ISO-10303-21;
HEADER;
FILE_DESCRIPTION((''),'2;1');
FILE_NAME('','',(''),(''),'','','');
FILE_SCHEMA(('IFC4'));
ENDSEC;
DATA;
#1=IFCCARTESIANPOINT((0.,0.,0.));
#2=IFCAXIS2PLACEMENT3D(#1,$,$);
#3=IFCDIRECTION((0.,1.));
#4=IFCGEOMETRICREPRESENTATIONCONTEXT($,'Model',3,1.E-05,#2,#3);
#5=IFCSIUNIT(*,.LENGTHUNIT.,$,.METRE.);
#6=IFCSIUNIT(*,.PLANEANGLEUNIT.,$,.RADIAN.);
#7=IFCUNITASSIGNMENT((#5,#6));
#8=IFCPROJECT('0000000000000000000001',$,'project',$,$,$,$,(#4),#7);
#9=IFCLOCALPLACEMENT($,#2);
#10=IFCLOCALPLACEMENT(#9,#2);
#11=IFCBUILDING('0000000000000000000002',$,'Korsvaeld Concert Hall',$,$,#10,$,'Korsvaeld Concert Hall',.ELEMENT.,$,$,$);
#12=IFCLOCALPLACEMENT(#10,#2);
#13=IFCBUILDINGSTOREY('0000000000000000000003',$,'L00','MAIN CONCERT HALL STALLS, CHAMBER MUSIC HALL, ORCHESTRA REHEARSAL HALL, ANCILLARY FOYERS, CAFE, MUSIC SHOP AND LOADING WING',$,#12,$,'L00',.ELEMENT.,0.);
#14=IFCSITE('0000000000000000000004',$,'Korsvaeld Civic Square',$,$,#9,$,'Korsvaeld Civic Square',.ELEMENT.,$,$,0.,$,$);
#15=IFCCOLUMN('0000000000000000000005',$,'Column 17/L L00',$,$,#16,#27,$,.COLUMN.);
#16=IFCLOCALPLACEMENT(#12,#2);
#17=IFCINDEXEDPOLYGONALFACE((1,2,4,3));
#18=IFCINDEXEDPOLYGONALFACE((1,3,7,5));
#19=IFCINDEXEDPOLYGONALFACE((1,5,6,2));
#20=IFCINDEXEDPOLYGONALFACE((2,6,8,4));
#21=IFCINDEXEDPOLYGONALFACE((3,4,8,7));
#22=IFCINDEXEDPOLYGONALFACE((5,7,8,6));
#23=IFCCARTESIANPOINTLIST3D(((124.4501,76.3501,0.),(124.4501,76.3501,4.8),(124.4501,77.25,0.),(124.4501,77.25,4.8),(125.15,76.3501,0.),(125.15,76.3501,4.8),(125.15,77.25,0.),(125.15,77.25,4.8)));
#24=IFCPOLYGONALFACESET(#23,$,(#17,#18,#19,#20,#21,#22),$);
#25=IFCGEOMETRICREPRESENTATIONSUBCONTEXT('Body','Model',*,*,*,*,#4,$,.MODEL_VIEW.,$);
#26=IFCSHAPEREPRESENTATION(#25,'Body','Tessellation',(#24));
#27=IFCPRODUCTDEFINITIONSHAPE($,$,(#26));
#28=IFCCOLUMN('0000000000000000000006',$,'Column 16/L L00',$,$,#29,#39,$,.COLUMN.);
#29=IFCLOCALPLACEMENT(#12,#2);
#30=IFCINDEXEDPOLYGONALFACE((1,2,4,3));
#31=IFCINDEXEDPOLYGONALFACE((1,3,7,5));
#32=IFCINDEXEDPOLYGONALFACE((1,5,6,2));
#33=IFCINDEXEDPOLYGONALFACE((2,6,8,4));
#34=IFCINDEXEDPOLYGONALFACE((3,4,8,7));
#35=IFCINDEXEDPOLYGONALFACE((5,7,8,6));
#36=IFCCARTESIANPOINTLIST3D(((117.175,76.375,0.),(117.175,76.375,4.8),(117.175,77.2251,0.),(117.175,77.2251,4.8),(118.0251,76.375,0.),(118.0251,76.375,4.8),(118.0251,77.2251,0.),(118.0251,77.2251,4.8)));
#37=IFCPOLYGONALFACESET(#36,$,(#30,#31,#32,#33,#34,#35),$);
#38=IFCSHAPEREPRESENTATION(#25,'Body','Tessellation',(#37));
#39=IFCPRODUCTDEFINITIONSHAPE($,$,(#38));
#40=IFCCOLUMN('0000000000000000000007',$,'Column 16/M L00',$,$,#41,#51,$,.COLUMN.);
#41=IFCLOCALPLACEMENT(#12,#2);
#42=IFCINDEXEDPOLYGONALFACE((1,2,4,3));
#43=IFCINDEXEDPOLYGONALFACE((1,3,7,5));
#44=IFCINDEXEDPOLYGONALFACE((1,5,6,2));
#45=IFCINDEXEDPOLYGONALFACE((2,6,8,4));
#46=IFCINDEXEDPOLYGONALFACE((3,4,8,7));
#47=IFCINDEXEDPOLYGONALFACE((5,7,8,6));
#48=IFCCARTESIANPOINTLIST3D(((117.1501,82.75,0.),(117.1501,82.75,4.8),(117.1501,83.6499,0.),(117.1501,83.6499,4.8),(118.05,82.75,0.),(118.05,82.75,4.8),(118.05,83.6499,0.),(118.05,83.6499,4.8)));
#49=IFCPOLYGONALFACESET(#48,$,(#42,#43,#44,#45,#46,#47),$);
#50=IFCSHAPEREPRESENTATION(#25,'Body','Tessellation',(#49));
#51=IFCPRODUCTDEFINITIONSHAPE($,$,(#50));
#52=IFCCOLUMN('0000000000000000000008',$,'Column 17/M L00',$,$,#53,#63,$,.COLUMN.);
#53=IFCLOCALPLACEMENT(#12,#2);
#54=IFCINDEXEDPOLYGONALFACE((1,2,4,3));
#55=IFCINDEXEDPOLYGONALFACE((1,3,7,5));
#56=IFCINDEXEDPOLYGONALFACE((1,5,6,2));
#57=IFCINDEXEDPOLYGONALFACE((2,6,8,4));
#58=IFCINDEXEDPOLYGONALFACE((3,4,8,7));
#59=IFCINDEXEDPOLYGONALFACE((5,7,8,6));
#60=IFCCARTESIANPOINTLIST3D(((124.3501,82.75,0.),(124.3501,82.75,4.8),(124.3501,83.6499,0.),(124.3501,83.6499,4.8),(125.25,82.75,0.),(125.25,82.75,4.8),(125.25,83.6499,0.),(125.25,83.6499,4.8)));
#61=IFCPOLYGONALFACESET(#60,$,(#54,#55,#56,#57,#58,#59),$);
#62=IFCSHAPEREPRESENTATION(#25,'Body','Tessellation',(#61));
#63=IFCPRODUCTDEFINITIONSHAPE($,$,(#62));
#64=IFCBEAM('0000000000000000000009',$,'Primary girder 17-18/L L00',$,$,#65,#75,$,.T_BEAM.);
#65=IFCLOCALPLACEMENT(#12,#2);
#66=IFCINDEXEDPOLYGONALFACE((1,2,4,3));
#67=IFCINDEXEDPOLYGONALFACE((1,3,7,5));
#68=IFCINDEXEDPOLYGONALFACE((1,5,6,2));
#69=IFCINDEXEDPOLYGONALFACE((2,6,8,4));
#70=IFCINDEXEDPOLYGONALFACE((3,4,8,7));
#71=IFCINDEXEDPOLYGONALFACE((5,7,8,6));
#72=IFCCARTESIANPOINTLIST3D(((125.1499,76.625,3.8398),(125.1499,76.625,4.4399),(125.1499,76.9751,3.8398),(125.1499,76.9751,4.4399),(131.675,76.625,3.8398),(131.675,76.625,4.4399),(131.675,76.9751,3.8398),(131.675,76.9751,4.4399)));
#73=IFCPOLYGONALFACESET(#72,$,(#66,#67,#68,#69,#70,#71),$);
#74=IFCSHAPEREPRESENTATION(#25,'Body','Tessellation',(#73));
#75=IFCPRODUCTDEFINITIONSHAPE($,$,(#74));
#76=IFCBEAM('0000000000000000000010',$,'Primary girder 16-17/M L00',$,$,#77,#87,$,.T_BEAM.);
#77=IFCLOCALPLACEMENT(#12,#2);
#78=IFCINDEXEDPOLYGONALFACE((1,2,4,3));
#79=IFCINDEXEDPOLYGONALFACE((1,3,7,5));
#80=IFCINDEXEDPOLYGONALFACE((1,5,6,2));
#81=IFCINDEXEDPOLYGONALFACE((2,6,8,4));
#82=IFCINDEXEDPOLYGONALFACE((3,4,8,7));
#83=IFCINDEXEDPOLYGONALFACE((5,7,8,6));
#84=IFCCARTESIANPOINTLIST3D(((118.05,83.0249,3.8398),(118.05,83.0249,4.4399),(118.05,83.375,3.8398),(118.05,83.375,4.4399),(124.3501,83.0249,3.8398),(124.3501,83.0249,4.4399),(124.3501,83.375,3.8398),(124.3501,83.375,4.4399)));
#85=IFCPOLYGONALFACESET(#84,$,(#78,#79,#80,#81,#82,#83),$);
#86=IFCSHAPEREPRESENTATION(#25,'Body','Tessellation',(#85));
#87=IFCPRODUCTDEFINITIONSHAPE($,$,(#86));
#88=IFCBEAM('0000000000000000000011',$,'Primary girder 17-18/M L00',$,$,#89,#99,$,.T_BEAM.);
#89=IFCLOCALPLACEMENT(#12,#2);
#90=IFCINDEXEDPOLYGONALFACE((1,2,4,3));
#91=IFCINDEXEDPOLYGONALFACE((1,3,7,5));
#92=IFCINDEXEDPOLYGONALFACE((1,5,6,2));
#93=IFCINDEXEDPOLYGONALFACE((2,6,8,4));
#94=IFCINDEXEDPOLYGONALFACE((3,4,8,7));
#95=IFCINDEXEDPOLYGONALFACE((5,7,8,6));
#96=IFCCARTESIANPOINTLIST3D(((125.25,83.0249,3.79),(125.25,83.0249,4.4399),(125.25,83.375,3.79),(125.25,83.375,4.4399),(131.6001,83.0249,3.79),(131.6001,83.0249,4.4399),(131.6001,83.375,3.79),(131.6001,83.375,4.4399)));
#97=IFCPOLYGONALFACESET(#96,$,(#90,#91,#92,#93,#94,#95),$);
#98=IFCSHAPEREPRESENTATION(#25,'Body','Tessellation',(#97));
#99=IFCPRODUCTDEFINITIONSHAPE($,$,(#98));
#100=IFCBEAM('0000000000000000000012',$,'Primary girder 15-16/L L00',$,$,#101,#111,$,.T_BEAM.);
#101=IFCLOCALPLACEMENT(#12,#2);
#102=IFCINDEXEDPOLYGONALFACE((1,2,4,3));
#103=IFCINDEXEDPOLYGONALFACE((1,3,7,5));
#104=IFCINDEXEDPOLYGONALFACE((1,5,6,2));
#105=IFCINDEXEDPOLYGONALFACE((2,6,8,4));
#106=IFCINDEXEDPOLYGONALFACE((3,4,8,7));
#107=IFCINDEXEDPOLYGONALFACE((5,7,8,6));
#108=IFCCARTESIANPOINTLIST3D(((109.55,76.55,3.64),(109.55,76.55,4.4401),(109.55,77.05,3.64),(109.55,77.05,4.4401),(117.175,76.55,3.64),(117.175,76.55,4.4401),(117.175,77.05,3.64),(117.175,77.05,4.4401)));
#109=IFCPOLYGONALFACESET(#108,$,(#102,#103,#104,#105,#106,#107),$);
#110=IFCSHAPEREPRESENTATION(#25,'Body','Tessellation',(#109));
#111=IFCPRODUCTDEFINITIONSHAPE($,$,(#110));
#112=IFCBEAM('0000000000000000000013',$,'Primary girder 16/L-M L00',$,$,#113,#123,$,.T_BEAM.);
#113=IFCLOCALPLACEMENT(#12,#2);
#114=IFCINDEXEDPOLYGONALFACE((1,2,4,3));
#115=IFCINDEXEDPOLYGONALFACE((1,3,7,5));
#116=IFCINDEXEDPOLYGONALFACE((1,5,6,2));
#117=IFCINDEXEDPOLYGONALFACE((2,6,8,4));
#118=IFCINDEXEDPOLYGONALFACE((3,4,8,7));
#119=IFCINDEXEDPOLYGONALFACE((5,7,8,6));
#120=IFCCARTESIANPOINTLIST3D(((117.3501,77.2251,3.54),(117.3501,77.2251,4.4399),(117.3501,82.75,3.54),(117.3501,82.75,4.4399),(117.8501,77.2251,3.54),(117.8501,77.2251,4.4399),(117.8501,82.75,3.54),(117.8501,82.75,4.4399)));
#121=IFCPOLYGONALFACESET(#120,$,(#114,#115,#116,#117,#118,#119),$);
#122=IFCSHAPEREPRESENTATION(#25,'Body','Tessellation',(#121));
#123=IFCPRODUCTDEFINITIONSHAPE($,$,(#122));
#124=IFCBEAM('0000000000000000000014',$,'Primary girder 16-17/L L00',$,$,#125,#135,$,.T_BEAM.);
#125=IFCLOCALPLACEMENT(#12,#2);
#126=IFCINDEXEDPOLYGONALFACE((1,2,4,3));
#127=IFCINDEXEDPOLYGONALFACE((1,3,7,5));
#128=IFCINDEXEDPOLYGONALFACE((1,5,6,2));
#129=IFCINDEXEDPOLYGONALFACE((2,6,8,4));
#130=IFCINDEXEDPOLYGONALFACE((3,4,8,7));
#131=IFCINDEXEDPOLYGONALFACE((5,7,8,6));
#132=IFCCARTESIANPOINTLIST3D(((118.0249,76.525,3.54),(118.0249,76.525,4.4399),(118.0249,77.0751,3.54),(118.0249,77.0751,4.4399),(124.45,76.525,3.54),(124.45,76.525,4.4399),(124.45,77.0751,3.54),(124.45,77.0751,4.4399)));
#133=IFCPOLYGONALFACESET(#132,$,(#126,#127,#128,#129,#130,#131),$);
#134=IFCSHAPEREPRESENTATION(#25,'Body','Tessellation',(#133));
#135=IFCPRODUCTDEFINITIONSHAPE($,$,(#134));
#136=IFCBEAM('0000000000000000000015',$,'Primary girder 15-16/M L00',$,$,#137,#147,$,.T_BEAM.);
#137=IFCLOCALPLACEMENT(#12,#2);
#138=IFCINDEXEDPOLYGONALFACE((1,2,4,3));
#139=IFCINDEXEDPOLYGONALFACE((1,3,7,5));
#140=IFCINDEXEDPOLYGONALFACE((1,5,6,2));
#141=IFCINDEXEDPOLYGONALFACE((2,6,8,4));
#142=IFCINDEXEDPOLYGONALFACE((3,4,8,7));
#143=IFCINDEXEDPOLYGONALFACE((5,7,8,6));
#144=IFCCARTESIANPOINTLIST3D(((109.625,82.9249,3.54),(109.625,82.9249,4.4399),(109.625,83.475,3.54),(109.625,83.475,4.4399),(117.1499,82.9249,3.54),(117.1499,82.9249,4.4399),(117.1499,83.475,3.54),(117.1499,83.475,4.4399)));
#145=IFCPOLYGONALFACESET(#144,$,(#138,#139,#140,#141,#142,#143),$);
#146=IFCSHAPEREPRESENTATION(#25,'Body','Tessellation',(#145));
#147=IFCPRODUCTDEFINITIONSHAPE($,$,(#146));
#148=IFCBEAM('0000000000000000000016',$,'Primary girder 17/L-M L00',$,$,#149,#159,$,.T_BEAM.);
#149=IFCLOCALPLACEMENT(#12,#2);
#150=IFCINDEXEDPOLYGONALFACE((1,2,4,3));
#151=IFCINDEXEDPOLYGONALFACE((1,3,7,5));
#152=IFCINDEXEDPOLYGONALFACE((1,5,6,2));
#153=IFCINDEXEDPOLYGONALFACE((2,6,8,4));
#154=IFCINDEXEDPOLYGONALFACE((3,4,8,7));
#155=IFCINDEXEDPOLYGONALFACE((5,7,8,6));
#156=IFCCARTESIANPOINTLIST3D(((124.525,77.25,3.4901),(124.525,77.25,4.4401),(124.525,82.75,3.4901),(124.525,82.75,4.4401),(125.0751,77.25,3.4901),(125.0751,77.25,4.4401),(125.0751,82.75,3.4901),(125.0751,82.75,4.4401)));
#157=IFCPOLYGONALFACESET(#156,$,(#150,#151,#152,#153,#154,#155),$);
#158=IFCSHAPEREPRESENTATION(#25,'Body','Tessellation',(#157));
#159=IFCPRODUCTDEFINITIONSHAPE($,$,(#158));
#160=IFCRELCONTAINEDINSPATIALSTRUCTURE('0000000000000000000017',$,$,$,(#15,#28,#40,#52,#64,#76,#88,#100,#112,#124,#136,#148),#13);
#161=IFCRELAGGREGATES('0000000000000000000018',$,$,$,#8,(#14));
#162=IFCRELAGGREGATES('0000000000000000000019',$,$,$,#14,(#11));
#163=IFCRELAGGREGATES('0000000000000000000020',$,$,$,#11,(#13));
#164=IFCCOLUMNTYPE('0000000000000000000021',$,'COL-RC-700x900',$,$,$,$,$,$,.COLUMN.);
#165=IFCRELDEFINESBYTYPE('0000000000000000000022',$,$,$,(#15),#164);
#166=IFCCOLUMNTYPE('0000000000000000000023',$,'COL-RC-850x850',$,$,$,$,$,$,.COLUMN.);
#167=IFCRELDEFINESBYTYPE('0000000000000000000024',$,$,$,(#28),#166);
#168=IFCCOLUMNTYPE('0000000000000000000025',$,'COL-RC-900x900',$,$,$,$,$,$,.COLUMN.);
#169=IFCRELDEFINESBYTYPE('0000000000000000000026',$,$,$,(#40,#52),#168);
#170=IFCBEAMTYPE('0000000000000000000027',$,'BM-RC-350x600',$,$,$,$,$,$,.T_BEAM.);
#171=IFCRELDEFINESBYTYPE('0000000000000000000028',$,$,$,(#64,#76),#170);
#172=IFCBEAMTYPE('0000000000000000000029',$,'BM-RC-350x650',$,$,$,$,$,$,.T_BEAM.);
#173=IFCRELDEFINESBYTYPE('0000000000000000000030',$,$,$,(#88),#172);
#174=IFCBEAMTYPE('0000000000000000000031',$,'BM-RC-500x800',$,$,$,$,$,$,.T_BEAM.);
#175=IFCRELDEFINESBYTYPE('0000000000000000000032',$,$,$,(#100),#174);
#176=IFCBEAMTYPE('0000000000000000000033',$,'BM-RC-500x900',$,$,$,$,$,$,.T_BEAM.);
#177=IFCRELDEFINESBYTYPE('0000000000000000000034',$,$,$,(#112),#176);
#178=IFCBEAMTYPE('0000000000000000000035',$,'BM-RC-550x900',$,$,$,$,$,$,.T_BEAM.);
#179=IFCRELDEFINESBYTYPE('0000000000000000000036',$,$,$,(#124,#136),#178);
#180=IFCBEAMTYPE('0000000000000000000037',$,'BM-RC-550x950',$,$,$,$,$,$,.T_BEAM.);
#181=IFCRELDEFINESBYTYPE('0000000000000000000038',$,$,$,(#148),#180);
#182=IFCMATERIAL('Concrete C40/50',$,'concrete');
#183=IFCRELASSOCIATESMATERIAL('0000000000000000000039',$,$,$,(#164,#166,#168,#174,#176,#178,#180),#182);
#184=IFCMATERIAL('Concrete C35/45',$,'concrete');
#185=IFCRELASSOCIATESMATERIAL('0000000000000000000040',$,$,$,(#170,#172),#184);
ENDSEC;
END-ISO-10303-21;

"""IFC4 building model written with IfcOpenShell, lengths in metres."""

from ifc_helpers import new_model, si_unit, direction, frame, origin, origin_2d, place, context, subcontext, project, spatial, rectangle, extrude, material, material_profile, profile_set, type_object, element, save


model = new_model("IFC4")

# Units and contexts
model_context = context("Model", 3, precision=1e-05, world=origin(), true_north=direction((0.0, 1.0)))
body_context = subcontext(model_context, "Body", "Model", "MODEL_VIEW")
ifc_project = project(units=[si_unit("LENGTHUNIT", "METRE"), si_unit("PLANEANGLEUNIT", "RADIAN")], contexts=[model_context])

# Site, building, storey
site_placement = place(None, origin())
site = spatial("IfcSite", under=ifc_project, at=site_placement, Name="Korsvaeld Civic Square", LongName="Korsvaeld Civic Square", CompositionType="ELEMENT", RefElevation=0.0)
building_placement = place(site_placement, origin())
building = spatial("IfcBuilding", under=site, at=building_placement, Name="Korsvaeld Concert Hall", LongName="Korsvaeld Concert Hall", CompositionType="ELEMENT")
storey_placement = place(building_placement, origin())
storey = spatial("IfcBuildingStorey", under=building, at=storey_placement, Name="L00", Description="MAIN CONCERT HALL STALLS, CHAMBER MUSIC HALL, ORCHESTRA REHEARSAL HALL, ANCILLARY FOYERS, CAFE, MUSIC SHOP AND LOADING WING", LongName="L00", CompositionType="ELEMENT", Elevation=0.0)

# Columns
ifc_material_1 = material(Name="Concrete C40/50", Category="concrete")
ifc_material_profile_1 = material_profile(ifc_material_1, rectangle(XDim=0.7, YDim=0.8999, at=origin_2d()), Name="RC 700x900")
ifc_profile_set_1 = profile_set([ifc_material_profile_1], Name="Concrete C40/50")
column_type_1 = type_object("IfcColumnType", Name="COL-RC-700x900", PredefinedType="COLUMN", material=ifc_profile_set_1)
column_1_placement = place(storey_placement, frame((124.8, 76.8, 0.0), z_axis=(0.0, 0.0, 1.0), x_axis=(1.0, 0.0, 0.0)))
element("IfcColumn", 1, at=column_1_placement, inside=storey, type_object=column_type_1, Name="Column 17/L L00", PredefinedType="COLUMN", context=body_context, shape_type="SweptSolid", body=[
    extrude(rectangle(XDim=0.7, YDim=0.8999, at=origin_2d()), origin(), (0.0, 0.0, 1.0), 4.8),
])
ifc_material_profile_2 = material_profile(ifc_material_1, rectangle(XDim=0.8501, YDim=0.8501, at=origin_2d()), Name="RC 850x850")
ifc_profile_set_2 = profile_set([ifc_material_profile_2], Name="Concrete C40/50")
column_type_2 = type_object("IfcColumnType", Name="COL-RC-850x850", PredefinedType="COLUMN", material=ifc_profile_set_2)
column_2_placement = place(storey_placement, frame((117.6001, 76.8, 0.0), z_axis=(0.0, 0.0, 1.0), x_axis=(1.0, 0.0, 0.0)))
element("IfcColumn", 2, at=column_2_placement, inside=storey, type_object=column_type_2, Name="Column 16/L L00", PredefinedType="COLUMN", context=body_context, shape_type="SweptSolid", body=[
    extrude(rectangle(XDim=0.8501, YDim=0.8501, at=origin_2d()), origin(), (0.0, 0.0, 1.0), 4.8),
])
ifc_material_profile_3 = material_profile(ifc_material_1, rectangle(XDim=0.8999, YDim=0.8999, at=origin_2d()), Name="RC 900x900")
ifc_profile_set_3 = profile_set([ifc_material_profile_3], Name="Concrete C40/50")
column_type_3 = type_object("IfcColumnType", Name="COL-RC-900x900", PredefinedType="COLUMN", material=ifc_profile_set_3)
for number, where, z_axis, x_axis, name in (
    (3, (117.6001, 83.2, 0.0), (0.0, 0.0, 1.0), (1.0, 0.0, 0.0), "Column 16/M L00"),
    (4, (124.8, 83.2, 0.0), (0.0, 0.0, 1.0), (1.0, 0.0, 0.0), "Column 17/M L00"),
):
    element("IfcColumn", number, at=place(storey_placement, frame(where, z_axis=z_axis, x_axis=x_axis)), inside=storey, type_object=column_type_3, Name=name, PredefinedType="COLUMN", context=body_context, shape_type="SweptSolid", body=[
        extrude(rectangle(XDim=0.8999, YDim=0.8999, at=origin_2d()), origin(), (0.0, 0.0, 1.0), 4.8),
    ])

# Beams
ifc_material_2 = material(Name="Concrete C35/45", Category="concrete")
ifc_material_profile_4 = material_profile(ifc_material_2, rectangle(XDim=0.3501, YDim=0.6001, at=origin_2d()), Name="RC 350x600")
ifc_profile_set_4 = profile_set([ifc_material_profile_4], Name="Concrete C35/45")
beam_type_1 = type_object("IfcBeamType", Name="BM-RC-350x600", PredefinedType="T_BEAM", material=ifc_profile_set_4)
beam_1_placement = place(storey_placement, frame((125.1499, 76.8, 4.1399), z_axis=(1.0, 0.0, 0.0), x_axis=(0.0, 1.0, 0.0)))
element("IfcBeam", 5, at=beam_1_placement, inside=storey, type_object=beam_type_1, Name="Primary girder 17-18/L L00", PredefinedType="T_BEAM", context=body_context, shape_type="SweptSolid", body=[
    extrude(rectangle(XDim=0.3501, YDim=0.6001, at=origin_2d()), origin(), (0.0, 0.0, 1.0), 6.5251),
])
beam_2_placement = place(storey_placement, frame((118.05, 83.2, 4.1399), z_axis=(1.0, 0.0, 0.0), x_axis=(0.0, 1.0, 0.0)))
element("IfcBeam", 6, at=beam_2_placement, inside=storey, type_object=beam_type_1, Name="Primary girder 16-17/M L00", PredefinedType="T_BEAM", context=body_context, shape_type="SweptSolid", body=[
    extrude(rectangle(XDim=0.3501, YDim=0.6001, at=origin_2d()), origin(), (0.0, 0.0, 1.0), 6.3),
])
ifc_material_profile_5 = material_profile(ifc_material_2, rectangle(XDim=0.3501, YDim=0.6499, at=origin_2d()), Name="RC 350x650")
ifc_profile_set_5 = profile_set([ifc_material_profile_5], Name="Concrete C35/45")
beam_type_2 = type_object("IfcBeamType", Name="BM-RC-350x650", PredefinedType="T_BEAM", material=ifc_profile_set_5)
beam_3_placement = place(storey_placement, frame((125.25, 83.2, 4.115), z_axis=(1.0, 0.0, 0.0), x_axis=(0.0, 1.0, 0.0)))
element("IfcBeam", 7, at=beam_3_placement, inside=storey, type_object=beam_type_2, Name="Primary girder 17-18/M L00", PredefinedType="T_BEAM", context=body_context, shape_type="SweptSolid", body=[
    extrude(rectangle(XDim=0.3501, YDim=0.6499, at=origin_2d()), origin(), (0.0, 0.0, 1.0), 6.3501),
])
ifc_material_profile_6 = material_profile(ifc_material_1, rectangle(XDim=0.5, YDim=0.8, at=origin_2d()), Name="RC 500x800")
ifc_profile_set_6 = profile_set([ifc_material_profile_6], Name="Concrete C40/50")
beam_type_3 = type_object("IfcBeamType", Name="BM-RC-500x800", PredefinedType="T_BEAM", material=ifc_profile_set_6)
beam_4_placement = place(storey_placement, frame((109.55, 76.8, 4.04), z_axis=(1.0, 0.0, 0.0), x_axis=(0.0, 1.0, 0.0)))
element("IfcBeam", 8, at=beam_4_placement, inside=storey, type_object=beam_type_3, Name="Primary girder 15-16/L L00", PredefinedType="T_BEAM", context=body_context, shape_type="SweptSolid", body=[
    extrude(rectangle(XDim=0.5, YDim=0.8, at=origin_2d()), origin(), (0.0, 0.0, 1.0), 7.625),
])
ifc_material_profile_7 = material_profile(ifc_material_1, rectangle(XDim=0.5, YDim=0.8999, at=origin_2d()), Name="RC 500x900")
ifc_profile_set_7 = profile_set([ifc_material_profile_7], Name="Concrete C40/50")
beam_type_4 = type_object("IfcBeamType", Name="BM-RC-500x900", PredefinedType="T_BEAM", material=ifc_profile_set_7)
beam_5_placement = place(storey_placement, frame((117.6001, 77.2251, 3.99), z_axis=(0.0, 1.0, 0.0), x_axis=(-1.0, 0.0, 0.0)))
element("IfcBeam", 9, at=beam_5_placement, inside=storey, type_object=beam_type_4, Name="Primary girder 16/L-M L00", PredefinedType="T_BEAM", context=body_context, shape_type="SweptSolid", body=[
    extrude(rectangle(XDim=0.5, YDim=0.8999, at=origin_2d()), origin(), (0.0, 0.0, 1.0), 5.5249),
])
ifc_material_profile_8 = material_profile(ifc_material_1, rectangle(XDim=0.55, YDim=0.8999, at=origin_2d()), Name="RC 550x900")
ifc_profile_set_8 = profile_set([ifc_material_profile_8], Name="Concrete C40/50")
beam_type_5 = type_object("IfcBeamType", Name="BM-RC-550x900", PredefinedType="T_BEAM", material=ifc_profile_set_8)
beam_6_placement = place(storey_placement, frame((118.0249, 76.8, 3.99), z_axis=(1.0, 0.0, 0.0), x_axis=(0.0, 1.0, 0.0)))
element("IfcBeam", 10, at=beam_6_placement, inside=storey, type_object=beam_type_5, Name="Primary girder 16-17/L L00", PredefinedType="T_BEAM", context=body_context, shape_type="SweptSolid", body=[
    extrude(rectangle(XDim=0.55, YDim=0.8999, at=origin_2d()), origin(), (0.0, 0.0, 1.0), 6.425),
])
beam_7_placement = place(storey_placement, frame((109.625, 83.2, 3.99), z_axis=(1.0, 0.0, 0.0), x_axis=(0.0, 1.0, 0.0)))
element("IfcBeam", 11, at=beam_7_placement, inside=storey, type_object=beam_type_5, Name="Primary girder 15-16/M L00", PredefinedType="T_BEAM", context=body_context, shape_type="SweptSolid", body=[
    extrude(rectangle(XDim=0.55, YDim=0.8999, at=origin_2d()), origin(), (0.0, 0.0, 1.0), 7.5249),
])
ifc_material_profile_9 = material_profile(ifc_material_1, rectangle(XDim=0.55, YDim=0.95, at=origin_2d()), Name="RC 550x950")
ifc_profile_set_9 = profile_set([ifc_material_profile_9], Name="Concrete C40/50")
beam_type_6 = type_object("IfcBeamType", Name="BM-RC-550x950", PredefinedType="T_BEAM", material=ifc_profile_set_9)
beam_8_placement = place(storey_placement, frame((124.8, 77.25, 3.9651), z_axis=(0.0, 1.0, 0.0), x_axis=(-1.0, 0.0, 0.0)))
element("IfcBeam", 12, at=beam_8_placement, inside=storey, type_object=beam_type_6, Name="Primary girder 17/L-M L00", PredefinedType="T_BEAM", context=body_context, shape_type="SweptSolid", body=[
    extrude(rectangle(XDim=0.55, YDim=0.95, at=origin_2d()), origin(), (0.0, 0.0, 1.0), 5.5),
])

save(model, "model.ifc")
